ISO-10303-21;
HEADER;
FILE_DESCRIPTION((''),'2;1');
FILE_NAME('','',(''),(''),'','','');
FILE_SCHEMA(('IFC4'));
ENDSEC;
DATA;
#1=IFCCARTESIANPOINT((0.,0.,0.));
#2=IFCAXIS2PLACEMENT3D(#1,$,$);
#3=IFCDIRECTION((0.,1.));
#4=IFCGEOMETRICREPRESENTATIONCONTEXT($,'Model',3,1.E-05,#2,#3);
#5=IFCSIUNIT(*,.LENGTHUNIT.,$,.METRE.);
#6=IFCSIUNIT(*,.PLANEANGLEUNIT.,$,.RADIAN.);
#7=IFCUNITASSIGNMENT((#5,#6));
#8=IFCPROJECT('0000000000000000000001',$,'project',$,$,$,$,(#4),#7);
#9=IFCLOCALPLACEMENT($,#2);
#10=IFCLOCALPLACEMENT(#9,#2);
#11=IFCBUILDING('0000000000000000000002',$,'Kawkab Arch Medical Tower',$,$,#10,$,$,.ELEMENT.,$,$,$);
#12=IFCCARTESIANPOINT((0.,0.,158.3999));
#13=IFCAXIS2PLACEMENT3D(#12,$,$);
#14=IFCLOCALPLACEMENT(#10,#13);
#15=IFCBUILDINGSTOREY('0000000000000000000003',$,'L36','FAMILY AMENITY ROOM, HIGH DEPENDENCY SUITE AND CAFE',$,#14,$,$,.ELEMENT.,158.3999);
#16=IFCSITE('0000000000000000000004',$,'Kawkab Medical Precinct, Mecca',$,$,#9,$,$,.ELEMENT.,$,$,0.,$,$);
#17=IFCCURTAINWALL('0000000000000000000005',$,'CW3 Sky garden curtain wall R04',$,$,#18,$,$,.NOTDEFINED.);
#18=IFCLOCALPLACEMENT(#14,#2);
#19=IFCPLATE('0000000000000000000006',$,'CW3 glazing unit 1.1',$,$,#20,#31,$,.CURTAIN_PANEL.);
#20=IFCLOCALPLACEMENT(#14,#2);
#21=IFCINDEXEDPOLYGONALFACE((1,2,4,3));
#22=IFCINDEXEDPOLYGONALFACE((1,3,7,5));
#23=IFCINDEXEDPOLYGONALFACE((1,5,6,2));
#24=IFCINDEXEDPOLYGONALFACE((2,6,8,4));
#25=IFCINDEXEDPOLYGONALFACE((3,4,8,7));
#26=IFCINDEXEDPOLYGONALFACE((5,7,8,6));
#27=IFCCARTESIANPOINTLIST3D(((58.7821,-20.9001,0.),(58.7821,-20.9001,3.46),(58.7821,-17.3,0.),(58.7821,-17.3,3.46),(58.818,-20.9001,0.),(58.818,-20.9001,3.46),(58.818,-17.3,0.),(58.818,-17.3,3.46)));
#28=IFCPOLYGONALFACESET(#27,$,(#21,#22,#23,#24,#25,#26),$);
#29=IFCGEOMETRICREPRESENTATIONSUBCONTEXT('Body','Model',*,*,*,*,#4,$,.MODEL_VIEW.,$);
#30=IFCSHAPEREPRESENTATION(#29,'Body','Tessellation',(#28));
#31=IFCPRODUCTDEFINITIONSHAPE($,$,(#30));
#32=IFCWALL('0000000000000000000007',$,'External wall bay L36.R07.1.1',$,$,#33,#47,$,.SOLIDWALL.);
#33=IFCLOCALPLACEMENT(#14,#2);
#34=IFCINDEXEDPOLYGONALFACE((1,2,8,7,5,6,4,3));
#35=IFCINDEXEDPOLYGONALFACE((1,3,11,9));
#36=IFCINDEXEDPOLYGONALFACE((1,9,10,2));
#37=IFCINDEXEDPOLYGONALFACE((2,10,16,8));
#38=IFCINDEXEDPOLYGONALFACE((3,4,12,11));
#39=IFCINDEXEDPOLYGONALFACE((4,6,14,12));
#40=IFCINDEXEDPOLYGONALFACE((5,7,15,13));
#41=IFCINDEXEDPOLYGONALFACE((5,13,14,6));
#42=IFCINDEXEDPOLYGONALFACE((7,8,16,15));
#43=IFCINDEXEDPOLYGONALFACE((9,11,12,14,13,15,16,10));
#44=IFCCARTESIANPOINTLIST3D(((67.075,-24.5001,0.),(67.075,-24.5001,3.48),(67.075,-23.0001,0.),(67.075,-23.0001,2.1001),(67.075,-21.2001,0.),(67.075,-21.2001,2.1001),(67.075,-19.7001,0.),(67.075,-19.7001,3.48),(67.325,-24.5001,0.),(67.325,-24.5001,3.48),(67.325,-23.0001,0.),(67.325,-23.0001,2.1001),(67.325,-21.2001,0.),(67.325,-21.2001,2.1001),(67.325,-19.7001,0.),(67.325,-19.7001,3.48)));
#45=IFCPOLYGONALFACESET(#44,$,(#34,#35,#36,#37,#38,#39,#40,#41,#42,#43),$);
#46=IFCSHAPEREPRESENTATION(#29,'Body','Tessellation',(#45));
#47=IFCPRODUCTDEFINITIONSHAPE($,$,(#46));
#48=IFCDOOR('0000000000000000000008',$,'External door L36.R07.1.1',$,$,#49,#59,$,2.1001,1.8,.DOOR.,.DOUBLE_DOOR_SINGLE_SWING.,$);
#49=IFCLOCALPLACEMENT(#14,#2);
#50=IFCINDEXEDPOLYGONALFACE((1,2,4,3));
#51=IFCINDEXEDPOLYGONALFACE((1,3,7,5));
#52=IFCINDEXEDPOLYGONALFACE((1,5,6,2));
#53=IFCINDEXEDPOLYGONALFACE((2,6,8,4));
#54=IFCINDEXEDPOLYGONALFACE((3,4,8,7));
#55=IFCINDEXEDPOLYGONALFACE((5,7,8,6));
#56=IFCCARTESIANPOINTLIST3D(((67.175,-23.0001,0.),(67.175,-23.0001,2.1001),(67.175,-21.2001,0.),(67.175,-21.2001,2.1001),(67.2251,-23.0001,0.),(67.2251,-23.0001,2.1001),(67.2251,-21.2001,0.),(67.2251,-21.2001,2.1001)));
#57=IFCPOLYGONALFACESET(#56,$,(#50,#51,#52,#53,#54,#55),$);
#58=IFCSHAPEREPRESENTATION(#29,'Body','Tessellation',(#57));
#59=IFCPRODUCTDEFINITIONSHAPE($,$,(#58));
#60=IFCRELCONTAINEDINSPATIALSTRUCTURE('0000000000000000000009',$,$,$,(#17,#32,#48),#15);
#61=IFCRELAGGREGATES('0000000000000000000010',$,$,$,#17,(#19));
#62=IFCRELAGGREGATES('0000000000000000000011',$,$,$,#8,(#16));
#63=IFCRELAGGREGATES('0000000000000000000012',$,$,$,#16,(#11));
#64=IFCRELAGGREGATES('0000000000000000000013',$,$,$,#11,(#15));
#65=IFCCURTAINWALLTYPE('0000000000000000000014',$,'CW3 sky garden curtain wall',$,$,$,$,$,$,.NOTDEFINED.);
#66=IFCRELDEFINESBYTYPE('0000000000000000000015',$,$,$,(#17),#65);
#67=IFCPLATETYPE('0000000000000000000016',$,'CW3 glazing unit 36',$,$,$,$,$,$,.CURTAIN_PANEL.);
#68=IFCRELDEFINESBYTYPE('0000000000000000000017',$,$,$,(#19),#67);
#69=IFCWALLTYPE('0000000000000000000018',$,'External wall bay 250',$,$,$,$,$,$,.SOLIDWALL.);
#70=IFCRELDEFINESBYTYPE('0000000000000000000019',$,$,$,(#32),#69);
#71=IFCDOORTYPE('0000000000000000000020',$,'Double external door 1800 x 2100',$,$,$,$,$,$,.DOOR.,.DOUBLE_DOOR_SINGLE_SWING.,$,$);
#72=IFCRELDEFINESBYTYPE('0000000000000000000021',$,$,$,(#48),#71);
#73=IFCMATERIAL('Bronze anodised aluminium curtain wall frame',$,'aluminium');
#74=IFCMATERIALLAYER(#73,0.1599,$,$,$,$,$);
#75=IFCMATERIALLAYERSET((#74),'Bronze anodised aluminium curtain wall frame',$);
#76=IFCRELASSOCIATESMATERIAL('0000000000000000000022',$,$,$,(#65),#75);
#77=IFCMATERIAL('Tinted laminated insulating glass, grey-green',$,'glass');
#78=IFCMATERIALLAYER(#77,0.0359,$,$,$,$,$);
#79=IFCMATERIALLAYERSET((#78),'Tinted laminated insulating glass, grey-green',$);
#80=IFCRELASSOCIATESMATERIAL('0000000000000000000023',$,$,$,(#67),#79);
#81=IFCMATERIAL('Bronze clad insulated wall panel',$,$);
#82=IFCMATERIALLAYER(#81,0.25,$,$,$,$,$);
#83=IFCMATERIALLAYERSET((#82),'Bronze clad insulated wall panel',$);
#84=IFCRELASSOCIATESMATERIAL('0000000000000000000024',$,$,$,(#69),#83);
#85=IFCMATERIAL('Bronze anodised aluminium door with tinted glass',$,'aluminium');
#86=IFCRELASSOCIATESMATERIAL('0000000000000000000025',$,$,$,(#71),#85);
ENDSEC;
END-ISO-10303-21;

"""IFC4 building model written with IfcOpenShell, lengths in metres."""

from ifc_helpers import new_model, si_unit, direction, frame, frame_2d, origin, origin_2d, place, context, subcontext, project, spatial, rectangle, extrude, material, layer, layer_set, type_object, element, fill, aggregate, save


model = new_model("IFC4")

# Units and contexts
model_context = context("Model", 3, precision=1e-05, world=origin(), true_north=direction((0.0, 1.0)))
body_context = subcontext(model_context, "Body", "Model", "MODEL_VIEW")
ifc_project = project(units=[si_unit("LENGTHUNIT", "METRE"), si_unit("PLANEANGLEUNIT", "RADIAN")], contexts=[model_context])

# Site, building, storey
site_placement = place(None, origin())
site = spatial("IfcSite", under=ifc_project, at=site_placement, Name="Kawkab Medical Precinct, Mecca", CompositionType="ELEMENT", RefElevation=0.0)
building_placement = place(site_placement, origin())
building = spatial("IfcBuilding", under=site, at=building_placement, Name="Kawkab Arch Medical Tower", CompositionType="ELEMENT")
storey_placement = place(building_placement, frame((0.0, 0.0, 158.3999)))
storey = spatial("IfcBuildingStorey", under=building, at=storey_placement, Name="L36", Description="FAMILY AMENITY ROOM, HIGH DEPENDENCY SUITE AND CAFE", CompositionType="ELEMENT", Elevation=158.3999)

# Shared definitions
placement = place(storey_placement, origin())

# Curtain wall
ifc_material_1 = material(Name="Bronze anodised aluminium curtain wall frame", Category="aluminium")
ifc_layer_1 = layer(ifc_material_1, 0.1599)
ifc_layer_set_1 = layer_set([ifc_layer_1], Name="Bronze anodised aluminium curtain wall frame")
curtain_wall_type_1 = type_object("IfcCurtainWallType", Name="CW3 sky garden curtain wall", PredefinedType="NOTDEFINED", material=ifc_layer_set_1)
curtain_wall_1 = element("IfcCurtainWall", 1, at=placement, inside=storey, type_object=curtain_wall_type_1, Name="CW3 Sky garden curtain wall R04", PredefinedType="NOTDEFINED")

# Plate
ifc_material_2 = material(Name="Tinted laminated insulating glass, grey-green", Category="glass")
ifc_layer_2 = layer(ifc_material_2, 0.0359)
ifc_layer_set_2 = layer_set([ifc_layer_2], Name="Tinted laminated insulating glass, grey-green")
plate_type_1 = type_object("IfcPlateType", Name="CW3 glazing unit 36", PredefinedType="CURTAIN_PANEL", material=ifc_layer_set_2)
plate_1_placement = place(storey_placement, frame((58.8, -19.1001, 0.0), z_axis=(0.0, 0.0, 1.0), x_axis=(0.0, -1.0, 0.0)))
plate_1 = element("IfcPlate", 2, at=plate_1_placement, type_object=plate_type_1, Name="CW3 glazing unit 1.1", PredefinedType="CURTAIN_PANEL", context=body_context, shape_type="SweptSolid", body=[
    extrude(rectangle(XDim=3.6001, YDim=0.0359, at=origin_2d()), origin(), (0.0, 0.0, 1.0), 3.46),
])
aggregate(curtain_wall_1, [plate_1])

# Wall, opening, door
ifc_material_3 = material(Name="Bronze clad insulated wall panel")
ifc_layer_3 = layer(ifc_material_3, 0.25)
ifc_layer_set_3 = layer_set([ifc_layer_3], Name="Bronze clad insulated wall panel")
wall_type = type_object("IfcWallType", Name="External wall bay 250", PredefinedType="SOLIDWALL", material=ifc_layer_set_3)
wall_placement = place(storey_placement, frame((67.2, -24.5, 0.0), z_axis=(0.0, 0.0, 1.0), x_axis=(0.0, 1.0, 0.0)))
wall = element("IfcWall", 3, at=wall_placement, inside=storey, type_object=wall_type, Name="External wall bay L36.R07.1.1", PredefinedType="SOLIDWALL", context=body_context, shape_type="SweptSolid", body=[
    extrude(rectangle(XDim=4.8, YDim=0.25, at=frame_2d((2.3999, 0.0))), origin(), (0.0, 0.0, 1.0), 3.48),
])
opening_placement = place(wall_placement, frame((1.5, 0.0, 0.0)))
opening = element("IfcOpeningElement", 4, at=opening_placement, cuts=wall, PredefinedType="OPENING", context=body_context, shape_type="SweptSolid", body=[
    extrude(rectangle(XDim=1.8, YDim=2.1001, at=frame_2d((0.8999, 1.05))), frame((0.0, 0.135, 0.0), z_axis=(0.0, -1.0, 0.0), x_axis=(1.0, 0.0, 0.0)), (0.0, 0.0, 1.0), 0.27),
])
ifc_material_4 = material(Name="Bronze anodised aluminium door with tinted glass", Category="aluminium")
door_type = type_object("IfcDoorType", Name="Double external door 1800 x 2100", OperationType="DOUBLE_DOOR_SINGLE_SWING", PredefinedType="DOOR", material=ifc_material_4)
door_placement = place(opening_placement, origin())
door = element("IfcDoor", 5, at=door_placement, inside=storey, type_object=door_type, Name="External door L36.R07.1.1", OperationType="DOUBLE_DOOR_SINGLE_SWING", OverallHeight=2.1001, OverallWidth=1.8, PredefinedType="DOOR", context=body_context, shape_type="SweptSolid", body=[
    extrude(rectangle(XDim=1.8, YDim=2.1001, at=frame_2d((0.8999, 1.05))), frame((0.0, 0.0249, 0.0), z_axis=(0.0, -1.0, 0.0), x_axis=(1.0, 0.0, 0.0)), (0.0, 0.0, 1.0), 0.05),
])
fill(opening, door)

save(model, "model.ifc")
